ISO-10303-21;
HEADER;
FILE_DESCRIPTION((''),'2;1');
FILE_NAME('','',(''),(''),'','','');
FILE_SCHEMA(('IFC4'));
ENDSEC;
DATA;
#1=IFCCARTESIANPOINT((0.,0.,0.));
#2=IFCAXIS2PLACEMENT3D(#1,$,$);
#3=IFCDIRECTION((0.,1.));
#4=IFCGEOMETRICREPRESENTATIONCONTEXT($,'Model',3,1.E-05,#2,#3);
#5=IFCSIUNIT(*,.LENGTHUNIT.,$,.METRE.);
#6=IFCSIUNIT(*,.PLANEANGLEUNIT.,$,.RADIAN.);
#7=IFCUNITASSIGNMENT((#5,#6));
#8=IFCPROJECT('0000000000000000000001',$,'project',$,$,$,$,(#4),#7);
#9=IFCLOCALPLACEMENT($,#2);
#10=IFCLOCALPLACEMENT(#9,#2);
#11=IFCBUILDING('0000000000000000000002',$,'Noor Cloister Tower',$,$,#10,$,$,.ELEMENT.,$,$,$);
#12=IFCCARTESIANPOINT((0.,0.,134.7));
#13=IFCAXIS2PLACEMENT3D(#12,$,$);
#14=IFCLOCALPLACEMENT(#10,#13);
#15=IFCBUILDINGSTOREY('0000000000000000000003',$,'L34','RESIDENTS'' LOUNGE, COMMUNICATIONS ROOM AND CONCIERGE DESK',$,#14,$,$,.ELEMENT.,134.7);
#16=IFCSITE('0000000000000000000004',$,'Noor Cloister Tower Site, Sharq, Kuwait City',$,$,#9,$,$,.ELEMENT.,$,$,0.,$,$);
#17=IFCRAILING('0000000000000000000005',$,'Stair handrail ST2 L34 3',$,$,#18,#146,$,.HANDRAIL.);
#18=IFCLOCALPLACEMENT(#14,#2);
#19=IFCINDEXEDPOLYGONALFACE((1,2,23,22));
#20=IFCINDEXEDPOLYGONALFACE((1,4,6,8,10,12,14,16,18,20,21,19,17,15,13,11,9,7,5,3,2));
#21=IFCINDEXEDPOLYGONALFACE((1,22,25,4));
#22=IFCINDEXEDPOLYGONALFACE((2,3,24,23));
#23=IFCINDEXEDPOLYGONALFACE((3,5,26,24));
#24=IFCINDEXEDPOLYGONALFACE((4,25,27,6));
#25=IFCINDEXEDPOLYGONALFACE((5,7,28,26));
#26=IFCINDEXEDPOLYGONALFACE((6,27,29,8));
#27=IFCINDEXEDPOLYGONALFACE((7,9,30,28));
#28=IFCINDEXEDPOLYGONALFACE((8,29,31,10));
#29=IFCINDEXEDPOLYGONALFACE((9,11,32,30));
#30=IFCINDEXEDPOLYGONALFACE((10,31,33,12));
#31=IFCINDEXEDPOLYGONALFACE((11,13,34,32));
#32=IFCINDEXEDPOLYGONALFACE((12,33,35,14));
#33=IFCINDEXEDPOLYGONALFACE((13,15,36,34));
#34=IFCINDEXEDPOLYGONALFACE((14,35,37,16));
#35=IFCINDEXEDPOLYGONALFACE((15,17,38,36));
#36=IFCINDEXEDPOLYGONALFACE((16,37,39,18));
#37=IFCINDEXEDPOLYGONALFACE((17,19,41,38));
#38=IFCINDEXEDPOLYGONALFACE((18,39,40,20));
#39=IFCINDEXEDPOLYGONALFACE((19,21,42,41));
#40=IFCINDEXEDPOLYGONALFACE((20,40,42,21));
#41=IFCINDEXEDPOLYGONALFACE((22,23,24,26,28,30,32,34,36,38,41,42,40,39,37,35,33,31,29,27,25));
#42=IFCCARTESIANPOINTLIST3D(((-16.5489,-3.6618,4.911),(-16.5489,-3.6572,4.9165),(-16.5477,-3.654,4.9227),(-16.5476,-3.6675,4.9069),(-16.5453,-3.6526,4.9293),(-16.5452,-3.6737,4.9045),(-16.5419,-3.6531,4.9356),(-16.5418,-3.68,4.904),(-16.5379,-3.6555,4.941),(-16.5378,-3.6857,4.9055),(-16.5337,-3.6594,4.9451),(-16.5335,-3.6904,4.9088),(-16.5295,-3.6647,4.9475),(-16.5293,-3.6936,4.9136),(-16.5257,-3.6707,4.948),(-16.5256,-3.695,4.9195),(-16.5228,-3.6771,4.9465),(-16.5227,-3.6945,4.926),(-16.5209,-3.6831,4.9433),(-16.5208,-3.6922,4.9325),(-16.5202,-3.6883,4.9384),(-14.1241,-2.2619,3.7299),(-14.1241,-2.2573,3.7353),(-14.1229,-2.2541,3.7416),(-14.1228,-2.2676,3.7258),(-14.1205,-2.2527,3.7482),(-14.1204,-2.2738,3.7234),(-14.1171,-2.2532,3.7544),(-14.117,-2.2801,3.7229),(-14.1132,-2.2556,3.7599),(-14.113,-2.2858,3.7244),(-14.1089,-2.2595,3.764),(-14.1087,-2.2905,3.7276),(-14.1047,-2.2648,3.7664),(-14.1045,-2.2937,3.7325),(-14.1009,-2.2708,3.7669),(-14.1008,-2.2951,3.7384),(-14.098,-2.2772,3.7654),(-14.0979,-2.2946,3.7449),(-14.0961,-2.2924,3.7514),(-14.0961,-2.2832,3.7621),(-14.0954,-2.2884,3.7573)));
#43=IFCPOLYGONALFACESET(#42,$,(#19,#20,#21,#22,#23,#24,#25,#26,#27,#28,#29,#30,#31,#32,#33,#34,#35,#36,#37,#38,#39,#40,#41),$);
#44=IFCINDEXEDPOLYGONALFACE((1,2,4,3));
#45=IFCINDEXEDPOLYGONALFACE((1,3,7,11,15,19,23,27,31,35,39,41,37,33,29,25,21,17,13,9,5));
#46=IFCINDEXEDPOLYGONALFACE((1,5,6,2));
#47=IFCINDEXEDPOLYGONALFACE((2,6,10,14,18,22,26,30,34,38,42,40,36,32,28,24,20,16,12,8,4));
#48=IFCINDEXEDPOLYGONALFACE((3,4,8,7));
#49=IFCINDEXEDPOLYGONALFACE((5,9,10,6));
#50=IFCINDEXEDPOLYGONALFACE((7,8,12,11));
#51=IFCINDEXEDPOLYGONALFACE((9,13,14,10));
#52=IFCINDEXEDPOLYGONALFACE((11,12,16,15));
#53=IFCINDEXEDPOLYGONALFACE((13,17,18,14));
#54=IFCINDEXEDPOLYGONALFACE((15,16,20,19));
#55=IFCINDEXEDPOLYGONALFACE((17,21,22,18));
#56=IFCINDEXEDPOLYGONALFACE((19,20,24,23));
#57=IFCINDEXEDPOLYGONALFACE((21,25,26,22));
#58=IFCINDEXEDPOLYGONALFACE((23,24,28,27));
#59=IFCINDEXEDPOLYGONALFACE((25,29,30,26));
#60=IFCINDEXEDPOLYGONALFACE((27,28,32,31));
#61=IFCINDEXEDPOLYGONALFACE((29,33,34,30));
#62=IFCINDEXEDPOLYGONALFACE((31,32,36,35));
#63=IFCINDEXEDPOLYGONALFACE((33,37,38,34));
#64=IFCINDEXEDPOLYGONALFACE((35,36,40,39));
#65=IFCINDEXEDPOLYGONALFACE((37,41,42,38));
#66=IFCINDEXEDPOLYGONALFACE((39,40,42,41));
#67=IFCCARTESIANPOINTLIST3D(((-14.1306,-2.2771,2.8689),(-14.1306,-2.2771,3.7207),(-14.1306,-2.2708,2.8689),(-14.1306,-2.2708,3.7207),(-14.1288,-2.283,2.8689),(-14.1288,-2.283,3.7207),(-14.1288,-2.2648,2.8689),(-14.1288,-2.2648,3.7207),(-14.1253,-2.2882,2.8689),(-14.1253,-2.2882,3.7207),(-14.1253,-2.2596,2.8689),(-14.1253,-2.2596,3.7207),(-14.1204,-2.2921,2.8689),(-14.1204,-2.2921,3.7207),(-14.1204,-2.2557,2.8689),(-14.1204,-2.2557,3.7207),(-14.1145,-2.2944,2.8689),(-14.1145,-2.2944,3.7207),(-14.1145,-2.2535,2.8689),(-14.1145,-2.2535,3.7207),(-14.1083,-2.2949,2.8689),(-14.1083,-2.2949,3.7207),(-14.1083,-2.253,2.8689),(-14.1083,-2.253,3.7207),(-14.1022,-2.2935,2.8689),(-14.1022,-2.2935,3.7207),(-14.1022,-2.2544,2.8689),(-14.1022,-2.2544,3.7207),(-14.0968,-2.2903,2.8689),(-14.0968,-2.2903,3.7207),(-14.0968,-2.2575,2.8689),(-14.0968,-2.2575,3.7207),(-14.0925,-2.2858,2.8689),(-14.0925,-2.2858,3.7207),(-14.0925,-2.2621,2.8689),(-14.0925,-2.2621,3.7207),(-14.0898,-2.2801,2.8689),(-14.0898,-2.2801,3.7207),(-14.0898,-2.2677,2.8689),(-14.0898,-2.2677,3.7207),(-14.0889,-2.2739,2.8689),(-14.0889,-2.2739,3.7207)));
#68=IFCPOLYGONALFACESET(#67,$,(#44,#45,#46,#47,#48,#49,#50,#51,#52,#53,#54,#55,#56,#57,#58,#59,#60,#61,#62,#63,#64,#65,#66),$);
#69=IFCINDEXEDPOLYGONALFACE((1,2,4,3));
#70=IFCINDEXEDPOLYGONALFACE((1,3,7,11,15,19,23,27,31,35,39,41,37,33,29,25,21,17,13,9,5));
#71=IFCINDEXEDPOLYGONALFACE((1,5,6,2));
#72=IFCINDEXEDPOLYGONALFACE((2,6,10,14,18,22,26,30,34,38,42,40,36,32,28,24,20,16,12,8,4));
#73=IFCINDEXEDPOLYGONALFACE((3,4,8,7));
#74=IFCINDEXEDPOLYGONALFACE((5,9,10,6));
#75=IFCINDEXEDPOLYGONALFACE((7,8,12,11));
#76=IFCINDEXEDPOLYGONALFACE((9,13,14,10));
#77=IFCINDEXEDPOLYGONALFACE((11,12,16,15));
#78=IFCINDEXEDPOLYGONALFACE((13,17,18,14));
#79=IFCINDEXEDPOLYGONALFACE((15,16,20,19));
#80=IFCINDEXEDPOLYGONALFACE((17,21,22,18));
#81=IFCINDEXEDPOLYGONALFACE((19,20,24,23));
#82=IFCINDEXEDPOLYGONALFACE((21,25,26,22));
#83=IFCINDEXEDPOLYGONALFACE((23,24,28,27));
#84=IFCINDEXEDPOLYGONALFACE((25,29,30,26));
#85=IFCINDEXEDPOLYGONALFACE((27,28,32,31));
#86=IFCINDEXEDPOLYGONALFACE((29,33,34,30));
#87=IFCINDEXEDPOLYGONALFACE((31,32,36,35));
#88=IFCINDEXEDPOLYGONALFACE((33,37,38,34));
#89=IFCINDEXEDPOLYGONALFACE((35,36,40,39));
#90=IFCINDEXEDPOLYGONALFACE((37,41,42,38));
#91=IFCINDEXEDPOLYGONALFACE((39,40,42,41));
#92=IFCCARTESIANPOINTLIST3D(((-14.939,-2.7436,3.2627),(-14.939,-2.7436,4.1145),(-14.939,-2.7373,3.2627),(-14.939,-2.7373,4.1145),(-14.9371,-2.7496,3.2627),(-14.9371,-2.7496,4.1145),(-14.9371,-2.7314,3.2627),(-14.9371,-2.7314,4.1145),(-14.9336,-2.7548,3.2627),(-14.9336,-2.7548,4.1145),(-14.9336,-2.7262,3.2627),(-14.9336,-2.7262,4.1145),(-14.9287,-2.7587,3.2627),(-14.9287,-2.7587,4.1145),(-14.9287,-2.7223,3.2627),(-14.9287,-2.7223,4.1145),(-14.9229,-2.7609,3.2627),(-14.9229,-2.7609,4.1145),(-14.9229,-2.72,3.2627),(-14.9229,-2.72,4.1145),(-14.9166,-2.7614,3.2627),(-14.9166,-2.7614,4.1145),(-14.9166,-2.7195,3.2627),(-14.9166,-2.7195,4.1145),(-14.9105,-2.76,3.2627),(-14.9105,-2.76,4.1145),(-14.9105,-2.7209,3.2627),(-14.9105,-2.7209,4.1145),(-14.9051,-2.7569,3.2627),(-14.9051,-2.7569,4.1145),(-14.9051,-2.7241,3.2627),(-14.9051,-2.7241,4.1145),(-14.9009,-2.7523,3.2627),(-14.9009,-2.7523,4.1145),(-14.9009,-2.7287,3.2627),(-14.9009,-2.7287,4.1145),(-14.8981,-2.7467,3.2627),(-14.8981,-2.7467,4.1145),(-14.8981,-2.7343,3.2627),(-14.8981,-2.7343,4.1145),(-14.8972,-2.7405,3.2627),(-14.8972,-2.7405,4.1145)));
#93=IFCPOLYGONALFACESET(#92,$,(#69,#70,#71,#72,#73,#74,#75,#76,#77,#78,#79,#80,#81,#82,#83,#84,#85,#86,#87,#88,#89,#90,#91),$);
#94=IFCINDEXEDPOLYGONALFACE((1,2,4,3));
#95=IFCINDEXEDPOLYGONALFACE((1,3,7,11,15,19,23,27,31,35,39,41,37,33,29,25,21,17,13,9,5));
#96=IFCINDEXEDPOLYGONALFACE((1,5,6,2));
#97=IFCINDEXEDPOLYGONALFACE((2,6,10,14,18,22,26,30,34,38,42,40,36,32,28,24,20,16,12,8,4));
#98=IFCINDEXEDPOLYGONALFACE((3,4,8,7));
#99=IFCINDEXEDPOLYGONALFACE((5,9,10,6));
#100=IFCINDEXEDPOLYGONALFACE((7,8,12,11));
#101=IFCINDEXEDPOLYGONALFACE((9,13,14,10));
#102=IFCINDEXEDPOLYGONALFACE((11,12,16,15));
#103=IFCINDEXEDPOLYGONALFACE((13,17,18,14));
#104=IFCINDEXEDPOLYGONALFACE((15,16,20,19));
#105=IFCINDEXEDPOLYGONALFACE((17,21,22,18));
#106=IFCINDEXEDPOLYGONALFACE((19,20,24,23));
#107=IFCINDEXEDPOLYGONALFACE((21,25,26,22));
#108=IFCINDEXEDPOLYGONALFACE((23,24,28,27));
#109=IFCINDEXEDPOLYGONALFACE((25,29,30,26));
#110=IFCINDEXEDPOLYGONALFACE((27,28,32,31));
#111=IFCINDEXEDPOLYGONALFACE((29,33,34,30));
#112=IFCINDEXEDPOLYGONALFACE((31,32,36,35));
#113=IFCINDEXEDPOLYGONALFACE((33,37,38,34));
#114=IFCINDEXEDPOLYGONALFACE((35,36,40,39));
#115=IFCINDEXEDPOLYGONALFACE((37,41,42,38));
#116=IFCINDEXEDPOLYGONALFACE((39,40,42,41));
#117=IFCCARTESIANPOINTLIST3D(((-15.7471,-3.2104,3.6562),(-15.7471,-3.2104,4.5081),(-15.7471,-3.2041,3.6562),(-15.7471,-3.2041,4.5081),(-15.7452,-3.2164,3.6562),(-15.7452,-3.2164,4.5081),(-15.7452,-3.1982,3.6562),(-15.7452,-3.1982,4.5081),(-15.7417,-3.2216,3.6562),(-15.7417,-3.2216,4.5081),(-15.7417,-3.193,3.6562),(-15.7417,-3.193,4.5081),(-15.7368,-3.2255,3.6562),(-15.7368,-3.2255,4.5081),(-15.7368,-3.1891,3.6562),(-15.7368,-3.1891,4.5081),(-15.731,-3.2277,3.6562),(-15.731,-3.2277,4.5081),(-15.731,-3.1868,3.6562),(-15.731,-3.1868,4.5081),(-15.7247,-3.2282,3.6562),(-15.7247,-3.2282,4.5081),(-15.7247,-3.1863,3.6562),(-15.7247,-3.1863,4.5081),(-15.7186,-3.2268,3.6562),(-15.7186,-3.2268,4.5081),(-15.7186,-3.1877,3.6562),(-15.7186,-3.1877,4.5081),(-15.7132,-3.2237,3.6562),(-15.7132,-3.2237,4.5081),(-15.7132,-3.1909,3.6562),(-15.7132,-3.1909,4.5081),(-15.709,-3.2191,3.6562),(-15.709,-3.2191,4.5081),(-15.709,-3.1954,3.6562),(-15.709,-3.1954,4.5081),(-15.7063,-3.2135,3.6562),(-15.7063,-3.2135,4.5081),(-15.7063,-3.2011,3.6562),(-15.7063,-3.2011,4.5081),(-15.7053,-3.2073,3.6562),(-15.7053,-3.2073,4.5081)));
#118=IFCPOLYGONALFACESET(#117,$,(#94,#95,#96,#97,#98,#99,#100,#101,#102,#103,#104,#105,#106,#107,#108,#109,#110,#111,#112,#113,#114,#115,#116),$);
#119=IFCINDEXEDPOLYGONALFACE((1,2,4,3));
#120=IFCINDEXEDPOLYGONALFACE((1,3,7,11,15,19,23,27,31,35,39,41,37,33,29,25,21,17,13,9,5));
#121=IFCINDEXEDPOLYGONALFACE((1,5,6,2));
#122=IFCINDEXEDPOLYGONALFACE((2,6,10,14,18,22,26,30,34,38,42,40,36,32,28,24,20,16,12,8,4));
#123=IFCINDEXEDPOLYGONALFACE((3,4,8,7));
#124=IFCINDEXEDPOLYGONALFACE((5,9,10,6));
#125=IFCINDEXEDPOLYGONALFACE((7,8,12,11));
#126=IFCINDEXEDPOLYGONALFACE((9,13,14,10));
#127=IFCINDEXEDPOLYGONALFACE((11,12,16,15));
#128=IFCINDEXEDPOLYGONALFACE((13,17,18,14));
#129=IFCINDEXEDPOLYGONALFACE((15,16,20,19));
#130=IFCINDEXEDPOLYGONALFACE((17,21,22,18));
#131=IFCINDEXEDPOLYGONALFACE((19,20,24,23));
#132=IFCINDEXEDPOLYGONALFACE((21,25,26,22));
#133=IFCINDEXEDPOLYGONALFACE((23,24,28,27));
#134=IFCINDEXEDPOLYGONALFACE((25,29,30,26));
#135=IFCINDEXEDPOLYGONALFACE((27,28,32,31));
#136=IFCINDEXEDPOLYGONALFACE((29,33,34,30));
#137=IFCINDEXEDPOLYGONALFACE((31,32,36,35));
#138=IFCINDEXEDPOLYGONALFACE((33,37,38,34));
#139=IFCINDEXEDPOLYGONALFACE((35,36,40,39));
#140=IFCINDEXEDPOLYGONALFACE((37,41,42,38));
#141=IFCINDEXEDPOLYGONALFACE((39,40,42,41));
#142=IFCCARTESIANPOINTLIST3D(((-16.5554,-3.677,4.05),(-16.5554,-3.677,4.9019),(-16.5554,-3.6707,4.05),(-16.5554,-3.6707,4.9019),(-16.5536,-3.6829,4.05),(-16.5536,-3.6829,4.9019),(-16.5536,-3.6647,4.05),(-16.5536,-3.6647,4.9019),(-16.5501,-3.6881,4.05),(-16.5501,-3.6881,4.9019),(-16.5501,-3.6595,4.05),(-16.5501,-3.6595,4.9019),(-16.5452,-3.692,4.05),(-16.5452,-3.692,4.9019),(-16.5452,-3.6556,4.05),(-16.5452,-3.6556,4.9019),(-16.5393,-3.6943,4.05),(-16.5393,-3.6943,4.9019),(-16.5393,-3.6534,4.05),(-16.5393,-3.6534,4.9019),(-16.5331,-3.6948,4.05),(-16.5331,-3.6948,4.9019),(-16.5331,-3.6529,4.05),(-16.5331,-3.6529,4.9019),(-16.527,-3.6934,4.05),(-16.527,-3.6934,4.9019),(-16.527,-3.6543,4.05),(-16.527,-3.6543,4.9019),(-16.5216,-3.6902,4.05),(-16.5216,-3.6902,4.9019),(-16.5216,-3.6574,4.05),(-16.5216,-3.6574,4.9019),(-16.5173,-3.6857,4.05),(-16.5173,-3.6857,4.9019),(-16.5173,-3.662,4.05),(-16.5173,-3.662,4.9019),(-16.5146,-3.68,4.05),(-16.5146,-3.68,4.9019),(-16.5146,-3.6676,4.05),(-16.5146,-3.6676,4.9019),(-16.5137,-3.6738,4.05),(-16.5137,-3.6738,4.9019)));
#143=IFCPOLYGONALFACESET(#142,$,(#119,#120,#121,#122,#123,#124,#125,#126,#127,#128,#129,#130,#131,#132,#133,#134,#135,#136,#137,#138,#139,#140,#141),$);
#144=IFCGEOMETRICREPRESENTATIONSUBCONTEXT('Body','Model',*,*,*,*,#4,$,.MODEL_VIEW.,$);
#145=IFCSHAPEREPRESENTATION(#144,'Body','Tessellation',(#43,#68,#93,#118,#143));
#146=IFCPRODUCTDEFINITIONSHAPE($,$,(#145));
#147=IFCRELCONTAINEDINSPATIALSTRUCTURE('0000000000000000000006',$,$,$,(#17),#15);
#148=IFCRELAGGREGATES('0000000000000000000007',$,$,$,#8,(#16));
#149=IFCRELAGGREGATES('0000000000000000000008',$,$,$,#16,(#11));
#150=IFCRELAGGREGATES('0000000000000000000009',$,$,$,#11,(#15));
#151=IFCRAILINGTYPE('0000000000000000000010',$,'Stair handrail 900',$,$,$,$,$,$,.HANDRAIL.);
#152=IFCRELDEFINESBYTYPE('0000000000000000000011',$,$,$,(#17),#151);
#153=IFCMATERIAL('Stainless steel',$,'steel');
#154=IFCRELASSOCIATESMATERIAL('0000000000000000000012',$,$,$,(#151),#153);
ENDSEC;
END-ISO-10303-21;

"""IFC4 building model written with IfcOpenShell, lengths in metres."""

from ifc_helpers import new_model, si_unit, direction, frame, origin, origin_2d, place, context, subcontext, project, spatial, circle, extrude, material, type_object, element, save


model = new_model("IFC4")

# Units and contexts
model_context = context("Model", 3, precision=1e-05, world=origin(), true_north=direction((0.0, 1.0)))
body_context = subcontext(model_context, "Body", "Model", "MODEL_VIEW")
ifc_project = project(units=[si_unit("LENGTHUNIT", "METRE"), si_unit("PLANEANGLEUNIT", "RADIAN")], contexts=[model_context])

# Site, building, storey
site_placement = place(None, origin())
site = spatial("IfcSite", under=ifc_project, at=site_placement, Name="Noor Cloister Tower Site, Sharq, Kuwait City", CompositionType="ELEMENT", RefElevation=0.0)
building_placement = place(site_placement, origin())
building = spatial("IfcBuilding", under=site, at=building_placement, Name="Noor Cloister Tower", CompositionType="ELEMENT")
storey_placement = place(building_placement, frame((0.0, 0.0, 134.7)))
storey = spatial("IfcBuildingStorey", under=building, at=storey_placement, Name="L34", Description="RESIDENTS' LOUNGE, COMMUNICATIONS ROOM AND CONCIERGE DESK", CompositionType="ELEMENT", Elevation=134.7)

# Railing
ifc_material_1 = material(Name="Stainless steel", Category="steel")
railing_type_1 = type_object("IfcRailingType", Name="Stair handrail 900", PredefinedType="HANDRAIL", material=ifc_material_1)
railing_1_placement = place(storey_placement, frame((-14.1099, -2.2739, 2.8689)))
element("IfcRailing", 1, at=railing_1_placement, inside=storey, type_object=railing_type_1, Name="Stair handrail ST2 L34 3", PredefinedType="HANDRAIL", context=body_context, shape_type="SweptSolid", body=[
    extrude(circle(Radius=0.0239, at=origin_2d()), frame((0.0, 0.0, 0.876), z_axis=(-0.797939, -0.460671, 0.388686), x_axis=(0.499984, -0.866035, 0.0)), (0.0, 0.0, 1.0), 3.0388),
    extrude(circle(Radius=0.021, at=origin_2d()), origin(), (0.0, 0.0, 1.0), 0.8518),
    extrude(circle(Radius=0.021, at=origin_2d()), frame((-0.8083, -0.4666, 0.3938)), (0.0, 0.0, 1.0), 0.8518),
    extrude(circle(Radius=0.021, at=origin_2d()), frame((-1.6165, -0.9333, 0.7874)), (0.0, 0.0, 1.0), 0.8518),
    extrude(circle(Radius=0.021, at=origin_2d()), frame((-2.4248, -1.3999, 1.1812)), (0.0, 0.0, 1.0), 0.8518),
])

save(model, "model.ifc")
